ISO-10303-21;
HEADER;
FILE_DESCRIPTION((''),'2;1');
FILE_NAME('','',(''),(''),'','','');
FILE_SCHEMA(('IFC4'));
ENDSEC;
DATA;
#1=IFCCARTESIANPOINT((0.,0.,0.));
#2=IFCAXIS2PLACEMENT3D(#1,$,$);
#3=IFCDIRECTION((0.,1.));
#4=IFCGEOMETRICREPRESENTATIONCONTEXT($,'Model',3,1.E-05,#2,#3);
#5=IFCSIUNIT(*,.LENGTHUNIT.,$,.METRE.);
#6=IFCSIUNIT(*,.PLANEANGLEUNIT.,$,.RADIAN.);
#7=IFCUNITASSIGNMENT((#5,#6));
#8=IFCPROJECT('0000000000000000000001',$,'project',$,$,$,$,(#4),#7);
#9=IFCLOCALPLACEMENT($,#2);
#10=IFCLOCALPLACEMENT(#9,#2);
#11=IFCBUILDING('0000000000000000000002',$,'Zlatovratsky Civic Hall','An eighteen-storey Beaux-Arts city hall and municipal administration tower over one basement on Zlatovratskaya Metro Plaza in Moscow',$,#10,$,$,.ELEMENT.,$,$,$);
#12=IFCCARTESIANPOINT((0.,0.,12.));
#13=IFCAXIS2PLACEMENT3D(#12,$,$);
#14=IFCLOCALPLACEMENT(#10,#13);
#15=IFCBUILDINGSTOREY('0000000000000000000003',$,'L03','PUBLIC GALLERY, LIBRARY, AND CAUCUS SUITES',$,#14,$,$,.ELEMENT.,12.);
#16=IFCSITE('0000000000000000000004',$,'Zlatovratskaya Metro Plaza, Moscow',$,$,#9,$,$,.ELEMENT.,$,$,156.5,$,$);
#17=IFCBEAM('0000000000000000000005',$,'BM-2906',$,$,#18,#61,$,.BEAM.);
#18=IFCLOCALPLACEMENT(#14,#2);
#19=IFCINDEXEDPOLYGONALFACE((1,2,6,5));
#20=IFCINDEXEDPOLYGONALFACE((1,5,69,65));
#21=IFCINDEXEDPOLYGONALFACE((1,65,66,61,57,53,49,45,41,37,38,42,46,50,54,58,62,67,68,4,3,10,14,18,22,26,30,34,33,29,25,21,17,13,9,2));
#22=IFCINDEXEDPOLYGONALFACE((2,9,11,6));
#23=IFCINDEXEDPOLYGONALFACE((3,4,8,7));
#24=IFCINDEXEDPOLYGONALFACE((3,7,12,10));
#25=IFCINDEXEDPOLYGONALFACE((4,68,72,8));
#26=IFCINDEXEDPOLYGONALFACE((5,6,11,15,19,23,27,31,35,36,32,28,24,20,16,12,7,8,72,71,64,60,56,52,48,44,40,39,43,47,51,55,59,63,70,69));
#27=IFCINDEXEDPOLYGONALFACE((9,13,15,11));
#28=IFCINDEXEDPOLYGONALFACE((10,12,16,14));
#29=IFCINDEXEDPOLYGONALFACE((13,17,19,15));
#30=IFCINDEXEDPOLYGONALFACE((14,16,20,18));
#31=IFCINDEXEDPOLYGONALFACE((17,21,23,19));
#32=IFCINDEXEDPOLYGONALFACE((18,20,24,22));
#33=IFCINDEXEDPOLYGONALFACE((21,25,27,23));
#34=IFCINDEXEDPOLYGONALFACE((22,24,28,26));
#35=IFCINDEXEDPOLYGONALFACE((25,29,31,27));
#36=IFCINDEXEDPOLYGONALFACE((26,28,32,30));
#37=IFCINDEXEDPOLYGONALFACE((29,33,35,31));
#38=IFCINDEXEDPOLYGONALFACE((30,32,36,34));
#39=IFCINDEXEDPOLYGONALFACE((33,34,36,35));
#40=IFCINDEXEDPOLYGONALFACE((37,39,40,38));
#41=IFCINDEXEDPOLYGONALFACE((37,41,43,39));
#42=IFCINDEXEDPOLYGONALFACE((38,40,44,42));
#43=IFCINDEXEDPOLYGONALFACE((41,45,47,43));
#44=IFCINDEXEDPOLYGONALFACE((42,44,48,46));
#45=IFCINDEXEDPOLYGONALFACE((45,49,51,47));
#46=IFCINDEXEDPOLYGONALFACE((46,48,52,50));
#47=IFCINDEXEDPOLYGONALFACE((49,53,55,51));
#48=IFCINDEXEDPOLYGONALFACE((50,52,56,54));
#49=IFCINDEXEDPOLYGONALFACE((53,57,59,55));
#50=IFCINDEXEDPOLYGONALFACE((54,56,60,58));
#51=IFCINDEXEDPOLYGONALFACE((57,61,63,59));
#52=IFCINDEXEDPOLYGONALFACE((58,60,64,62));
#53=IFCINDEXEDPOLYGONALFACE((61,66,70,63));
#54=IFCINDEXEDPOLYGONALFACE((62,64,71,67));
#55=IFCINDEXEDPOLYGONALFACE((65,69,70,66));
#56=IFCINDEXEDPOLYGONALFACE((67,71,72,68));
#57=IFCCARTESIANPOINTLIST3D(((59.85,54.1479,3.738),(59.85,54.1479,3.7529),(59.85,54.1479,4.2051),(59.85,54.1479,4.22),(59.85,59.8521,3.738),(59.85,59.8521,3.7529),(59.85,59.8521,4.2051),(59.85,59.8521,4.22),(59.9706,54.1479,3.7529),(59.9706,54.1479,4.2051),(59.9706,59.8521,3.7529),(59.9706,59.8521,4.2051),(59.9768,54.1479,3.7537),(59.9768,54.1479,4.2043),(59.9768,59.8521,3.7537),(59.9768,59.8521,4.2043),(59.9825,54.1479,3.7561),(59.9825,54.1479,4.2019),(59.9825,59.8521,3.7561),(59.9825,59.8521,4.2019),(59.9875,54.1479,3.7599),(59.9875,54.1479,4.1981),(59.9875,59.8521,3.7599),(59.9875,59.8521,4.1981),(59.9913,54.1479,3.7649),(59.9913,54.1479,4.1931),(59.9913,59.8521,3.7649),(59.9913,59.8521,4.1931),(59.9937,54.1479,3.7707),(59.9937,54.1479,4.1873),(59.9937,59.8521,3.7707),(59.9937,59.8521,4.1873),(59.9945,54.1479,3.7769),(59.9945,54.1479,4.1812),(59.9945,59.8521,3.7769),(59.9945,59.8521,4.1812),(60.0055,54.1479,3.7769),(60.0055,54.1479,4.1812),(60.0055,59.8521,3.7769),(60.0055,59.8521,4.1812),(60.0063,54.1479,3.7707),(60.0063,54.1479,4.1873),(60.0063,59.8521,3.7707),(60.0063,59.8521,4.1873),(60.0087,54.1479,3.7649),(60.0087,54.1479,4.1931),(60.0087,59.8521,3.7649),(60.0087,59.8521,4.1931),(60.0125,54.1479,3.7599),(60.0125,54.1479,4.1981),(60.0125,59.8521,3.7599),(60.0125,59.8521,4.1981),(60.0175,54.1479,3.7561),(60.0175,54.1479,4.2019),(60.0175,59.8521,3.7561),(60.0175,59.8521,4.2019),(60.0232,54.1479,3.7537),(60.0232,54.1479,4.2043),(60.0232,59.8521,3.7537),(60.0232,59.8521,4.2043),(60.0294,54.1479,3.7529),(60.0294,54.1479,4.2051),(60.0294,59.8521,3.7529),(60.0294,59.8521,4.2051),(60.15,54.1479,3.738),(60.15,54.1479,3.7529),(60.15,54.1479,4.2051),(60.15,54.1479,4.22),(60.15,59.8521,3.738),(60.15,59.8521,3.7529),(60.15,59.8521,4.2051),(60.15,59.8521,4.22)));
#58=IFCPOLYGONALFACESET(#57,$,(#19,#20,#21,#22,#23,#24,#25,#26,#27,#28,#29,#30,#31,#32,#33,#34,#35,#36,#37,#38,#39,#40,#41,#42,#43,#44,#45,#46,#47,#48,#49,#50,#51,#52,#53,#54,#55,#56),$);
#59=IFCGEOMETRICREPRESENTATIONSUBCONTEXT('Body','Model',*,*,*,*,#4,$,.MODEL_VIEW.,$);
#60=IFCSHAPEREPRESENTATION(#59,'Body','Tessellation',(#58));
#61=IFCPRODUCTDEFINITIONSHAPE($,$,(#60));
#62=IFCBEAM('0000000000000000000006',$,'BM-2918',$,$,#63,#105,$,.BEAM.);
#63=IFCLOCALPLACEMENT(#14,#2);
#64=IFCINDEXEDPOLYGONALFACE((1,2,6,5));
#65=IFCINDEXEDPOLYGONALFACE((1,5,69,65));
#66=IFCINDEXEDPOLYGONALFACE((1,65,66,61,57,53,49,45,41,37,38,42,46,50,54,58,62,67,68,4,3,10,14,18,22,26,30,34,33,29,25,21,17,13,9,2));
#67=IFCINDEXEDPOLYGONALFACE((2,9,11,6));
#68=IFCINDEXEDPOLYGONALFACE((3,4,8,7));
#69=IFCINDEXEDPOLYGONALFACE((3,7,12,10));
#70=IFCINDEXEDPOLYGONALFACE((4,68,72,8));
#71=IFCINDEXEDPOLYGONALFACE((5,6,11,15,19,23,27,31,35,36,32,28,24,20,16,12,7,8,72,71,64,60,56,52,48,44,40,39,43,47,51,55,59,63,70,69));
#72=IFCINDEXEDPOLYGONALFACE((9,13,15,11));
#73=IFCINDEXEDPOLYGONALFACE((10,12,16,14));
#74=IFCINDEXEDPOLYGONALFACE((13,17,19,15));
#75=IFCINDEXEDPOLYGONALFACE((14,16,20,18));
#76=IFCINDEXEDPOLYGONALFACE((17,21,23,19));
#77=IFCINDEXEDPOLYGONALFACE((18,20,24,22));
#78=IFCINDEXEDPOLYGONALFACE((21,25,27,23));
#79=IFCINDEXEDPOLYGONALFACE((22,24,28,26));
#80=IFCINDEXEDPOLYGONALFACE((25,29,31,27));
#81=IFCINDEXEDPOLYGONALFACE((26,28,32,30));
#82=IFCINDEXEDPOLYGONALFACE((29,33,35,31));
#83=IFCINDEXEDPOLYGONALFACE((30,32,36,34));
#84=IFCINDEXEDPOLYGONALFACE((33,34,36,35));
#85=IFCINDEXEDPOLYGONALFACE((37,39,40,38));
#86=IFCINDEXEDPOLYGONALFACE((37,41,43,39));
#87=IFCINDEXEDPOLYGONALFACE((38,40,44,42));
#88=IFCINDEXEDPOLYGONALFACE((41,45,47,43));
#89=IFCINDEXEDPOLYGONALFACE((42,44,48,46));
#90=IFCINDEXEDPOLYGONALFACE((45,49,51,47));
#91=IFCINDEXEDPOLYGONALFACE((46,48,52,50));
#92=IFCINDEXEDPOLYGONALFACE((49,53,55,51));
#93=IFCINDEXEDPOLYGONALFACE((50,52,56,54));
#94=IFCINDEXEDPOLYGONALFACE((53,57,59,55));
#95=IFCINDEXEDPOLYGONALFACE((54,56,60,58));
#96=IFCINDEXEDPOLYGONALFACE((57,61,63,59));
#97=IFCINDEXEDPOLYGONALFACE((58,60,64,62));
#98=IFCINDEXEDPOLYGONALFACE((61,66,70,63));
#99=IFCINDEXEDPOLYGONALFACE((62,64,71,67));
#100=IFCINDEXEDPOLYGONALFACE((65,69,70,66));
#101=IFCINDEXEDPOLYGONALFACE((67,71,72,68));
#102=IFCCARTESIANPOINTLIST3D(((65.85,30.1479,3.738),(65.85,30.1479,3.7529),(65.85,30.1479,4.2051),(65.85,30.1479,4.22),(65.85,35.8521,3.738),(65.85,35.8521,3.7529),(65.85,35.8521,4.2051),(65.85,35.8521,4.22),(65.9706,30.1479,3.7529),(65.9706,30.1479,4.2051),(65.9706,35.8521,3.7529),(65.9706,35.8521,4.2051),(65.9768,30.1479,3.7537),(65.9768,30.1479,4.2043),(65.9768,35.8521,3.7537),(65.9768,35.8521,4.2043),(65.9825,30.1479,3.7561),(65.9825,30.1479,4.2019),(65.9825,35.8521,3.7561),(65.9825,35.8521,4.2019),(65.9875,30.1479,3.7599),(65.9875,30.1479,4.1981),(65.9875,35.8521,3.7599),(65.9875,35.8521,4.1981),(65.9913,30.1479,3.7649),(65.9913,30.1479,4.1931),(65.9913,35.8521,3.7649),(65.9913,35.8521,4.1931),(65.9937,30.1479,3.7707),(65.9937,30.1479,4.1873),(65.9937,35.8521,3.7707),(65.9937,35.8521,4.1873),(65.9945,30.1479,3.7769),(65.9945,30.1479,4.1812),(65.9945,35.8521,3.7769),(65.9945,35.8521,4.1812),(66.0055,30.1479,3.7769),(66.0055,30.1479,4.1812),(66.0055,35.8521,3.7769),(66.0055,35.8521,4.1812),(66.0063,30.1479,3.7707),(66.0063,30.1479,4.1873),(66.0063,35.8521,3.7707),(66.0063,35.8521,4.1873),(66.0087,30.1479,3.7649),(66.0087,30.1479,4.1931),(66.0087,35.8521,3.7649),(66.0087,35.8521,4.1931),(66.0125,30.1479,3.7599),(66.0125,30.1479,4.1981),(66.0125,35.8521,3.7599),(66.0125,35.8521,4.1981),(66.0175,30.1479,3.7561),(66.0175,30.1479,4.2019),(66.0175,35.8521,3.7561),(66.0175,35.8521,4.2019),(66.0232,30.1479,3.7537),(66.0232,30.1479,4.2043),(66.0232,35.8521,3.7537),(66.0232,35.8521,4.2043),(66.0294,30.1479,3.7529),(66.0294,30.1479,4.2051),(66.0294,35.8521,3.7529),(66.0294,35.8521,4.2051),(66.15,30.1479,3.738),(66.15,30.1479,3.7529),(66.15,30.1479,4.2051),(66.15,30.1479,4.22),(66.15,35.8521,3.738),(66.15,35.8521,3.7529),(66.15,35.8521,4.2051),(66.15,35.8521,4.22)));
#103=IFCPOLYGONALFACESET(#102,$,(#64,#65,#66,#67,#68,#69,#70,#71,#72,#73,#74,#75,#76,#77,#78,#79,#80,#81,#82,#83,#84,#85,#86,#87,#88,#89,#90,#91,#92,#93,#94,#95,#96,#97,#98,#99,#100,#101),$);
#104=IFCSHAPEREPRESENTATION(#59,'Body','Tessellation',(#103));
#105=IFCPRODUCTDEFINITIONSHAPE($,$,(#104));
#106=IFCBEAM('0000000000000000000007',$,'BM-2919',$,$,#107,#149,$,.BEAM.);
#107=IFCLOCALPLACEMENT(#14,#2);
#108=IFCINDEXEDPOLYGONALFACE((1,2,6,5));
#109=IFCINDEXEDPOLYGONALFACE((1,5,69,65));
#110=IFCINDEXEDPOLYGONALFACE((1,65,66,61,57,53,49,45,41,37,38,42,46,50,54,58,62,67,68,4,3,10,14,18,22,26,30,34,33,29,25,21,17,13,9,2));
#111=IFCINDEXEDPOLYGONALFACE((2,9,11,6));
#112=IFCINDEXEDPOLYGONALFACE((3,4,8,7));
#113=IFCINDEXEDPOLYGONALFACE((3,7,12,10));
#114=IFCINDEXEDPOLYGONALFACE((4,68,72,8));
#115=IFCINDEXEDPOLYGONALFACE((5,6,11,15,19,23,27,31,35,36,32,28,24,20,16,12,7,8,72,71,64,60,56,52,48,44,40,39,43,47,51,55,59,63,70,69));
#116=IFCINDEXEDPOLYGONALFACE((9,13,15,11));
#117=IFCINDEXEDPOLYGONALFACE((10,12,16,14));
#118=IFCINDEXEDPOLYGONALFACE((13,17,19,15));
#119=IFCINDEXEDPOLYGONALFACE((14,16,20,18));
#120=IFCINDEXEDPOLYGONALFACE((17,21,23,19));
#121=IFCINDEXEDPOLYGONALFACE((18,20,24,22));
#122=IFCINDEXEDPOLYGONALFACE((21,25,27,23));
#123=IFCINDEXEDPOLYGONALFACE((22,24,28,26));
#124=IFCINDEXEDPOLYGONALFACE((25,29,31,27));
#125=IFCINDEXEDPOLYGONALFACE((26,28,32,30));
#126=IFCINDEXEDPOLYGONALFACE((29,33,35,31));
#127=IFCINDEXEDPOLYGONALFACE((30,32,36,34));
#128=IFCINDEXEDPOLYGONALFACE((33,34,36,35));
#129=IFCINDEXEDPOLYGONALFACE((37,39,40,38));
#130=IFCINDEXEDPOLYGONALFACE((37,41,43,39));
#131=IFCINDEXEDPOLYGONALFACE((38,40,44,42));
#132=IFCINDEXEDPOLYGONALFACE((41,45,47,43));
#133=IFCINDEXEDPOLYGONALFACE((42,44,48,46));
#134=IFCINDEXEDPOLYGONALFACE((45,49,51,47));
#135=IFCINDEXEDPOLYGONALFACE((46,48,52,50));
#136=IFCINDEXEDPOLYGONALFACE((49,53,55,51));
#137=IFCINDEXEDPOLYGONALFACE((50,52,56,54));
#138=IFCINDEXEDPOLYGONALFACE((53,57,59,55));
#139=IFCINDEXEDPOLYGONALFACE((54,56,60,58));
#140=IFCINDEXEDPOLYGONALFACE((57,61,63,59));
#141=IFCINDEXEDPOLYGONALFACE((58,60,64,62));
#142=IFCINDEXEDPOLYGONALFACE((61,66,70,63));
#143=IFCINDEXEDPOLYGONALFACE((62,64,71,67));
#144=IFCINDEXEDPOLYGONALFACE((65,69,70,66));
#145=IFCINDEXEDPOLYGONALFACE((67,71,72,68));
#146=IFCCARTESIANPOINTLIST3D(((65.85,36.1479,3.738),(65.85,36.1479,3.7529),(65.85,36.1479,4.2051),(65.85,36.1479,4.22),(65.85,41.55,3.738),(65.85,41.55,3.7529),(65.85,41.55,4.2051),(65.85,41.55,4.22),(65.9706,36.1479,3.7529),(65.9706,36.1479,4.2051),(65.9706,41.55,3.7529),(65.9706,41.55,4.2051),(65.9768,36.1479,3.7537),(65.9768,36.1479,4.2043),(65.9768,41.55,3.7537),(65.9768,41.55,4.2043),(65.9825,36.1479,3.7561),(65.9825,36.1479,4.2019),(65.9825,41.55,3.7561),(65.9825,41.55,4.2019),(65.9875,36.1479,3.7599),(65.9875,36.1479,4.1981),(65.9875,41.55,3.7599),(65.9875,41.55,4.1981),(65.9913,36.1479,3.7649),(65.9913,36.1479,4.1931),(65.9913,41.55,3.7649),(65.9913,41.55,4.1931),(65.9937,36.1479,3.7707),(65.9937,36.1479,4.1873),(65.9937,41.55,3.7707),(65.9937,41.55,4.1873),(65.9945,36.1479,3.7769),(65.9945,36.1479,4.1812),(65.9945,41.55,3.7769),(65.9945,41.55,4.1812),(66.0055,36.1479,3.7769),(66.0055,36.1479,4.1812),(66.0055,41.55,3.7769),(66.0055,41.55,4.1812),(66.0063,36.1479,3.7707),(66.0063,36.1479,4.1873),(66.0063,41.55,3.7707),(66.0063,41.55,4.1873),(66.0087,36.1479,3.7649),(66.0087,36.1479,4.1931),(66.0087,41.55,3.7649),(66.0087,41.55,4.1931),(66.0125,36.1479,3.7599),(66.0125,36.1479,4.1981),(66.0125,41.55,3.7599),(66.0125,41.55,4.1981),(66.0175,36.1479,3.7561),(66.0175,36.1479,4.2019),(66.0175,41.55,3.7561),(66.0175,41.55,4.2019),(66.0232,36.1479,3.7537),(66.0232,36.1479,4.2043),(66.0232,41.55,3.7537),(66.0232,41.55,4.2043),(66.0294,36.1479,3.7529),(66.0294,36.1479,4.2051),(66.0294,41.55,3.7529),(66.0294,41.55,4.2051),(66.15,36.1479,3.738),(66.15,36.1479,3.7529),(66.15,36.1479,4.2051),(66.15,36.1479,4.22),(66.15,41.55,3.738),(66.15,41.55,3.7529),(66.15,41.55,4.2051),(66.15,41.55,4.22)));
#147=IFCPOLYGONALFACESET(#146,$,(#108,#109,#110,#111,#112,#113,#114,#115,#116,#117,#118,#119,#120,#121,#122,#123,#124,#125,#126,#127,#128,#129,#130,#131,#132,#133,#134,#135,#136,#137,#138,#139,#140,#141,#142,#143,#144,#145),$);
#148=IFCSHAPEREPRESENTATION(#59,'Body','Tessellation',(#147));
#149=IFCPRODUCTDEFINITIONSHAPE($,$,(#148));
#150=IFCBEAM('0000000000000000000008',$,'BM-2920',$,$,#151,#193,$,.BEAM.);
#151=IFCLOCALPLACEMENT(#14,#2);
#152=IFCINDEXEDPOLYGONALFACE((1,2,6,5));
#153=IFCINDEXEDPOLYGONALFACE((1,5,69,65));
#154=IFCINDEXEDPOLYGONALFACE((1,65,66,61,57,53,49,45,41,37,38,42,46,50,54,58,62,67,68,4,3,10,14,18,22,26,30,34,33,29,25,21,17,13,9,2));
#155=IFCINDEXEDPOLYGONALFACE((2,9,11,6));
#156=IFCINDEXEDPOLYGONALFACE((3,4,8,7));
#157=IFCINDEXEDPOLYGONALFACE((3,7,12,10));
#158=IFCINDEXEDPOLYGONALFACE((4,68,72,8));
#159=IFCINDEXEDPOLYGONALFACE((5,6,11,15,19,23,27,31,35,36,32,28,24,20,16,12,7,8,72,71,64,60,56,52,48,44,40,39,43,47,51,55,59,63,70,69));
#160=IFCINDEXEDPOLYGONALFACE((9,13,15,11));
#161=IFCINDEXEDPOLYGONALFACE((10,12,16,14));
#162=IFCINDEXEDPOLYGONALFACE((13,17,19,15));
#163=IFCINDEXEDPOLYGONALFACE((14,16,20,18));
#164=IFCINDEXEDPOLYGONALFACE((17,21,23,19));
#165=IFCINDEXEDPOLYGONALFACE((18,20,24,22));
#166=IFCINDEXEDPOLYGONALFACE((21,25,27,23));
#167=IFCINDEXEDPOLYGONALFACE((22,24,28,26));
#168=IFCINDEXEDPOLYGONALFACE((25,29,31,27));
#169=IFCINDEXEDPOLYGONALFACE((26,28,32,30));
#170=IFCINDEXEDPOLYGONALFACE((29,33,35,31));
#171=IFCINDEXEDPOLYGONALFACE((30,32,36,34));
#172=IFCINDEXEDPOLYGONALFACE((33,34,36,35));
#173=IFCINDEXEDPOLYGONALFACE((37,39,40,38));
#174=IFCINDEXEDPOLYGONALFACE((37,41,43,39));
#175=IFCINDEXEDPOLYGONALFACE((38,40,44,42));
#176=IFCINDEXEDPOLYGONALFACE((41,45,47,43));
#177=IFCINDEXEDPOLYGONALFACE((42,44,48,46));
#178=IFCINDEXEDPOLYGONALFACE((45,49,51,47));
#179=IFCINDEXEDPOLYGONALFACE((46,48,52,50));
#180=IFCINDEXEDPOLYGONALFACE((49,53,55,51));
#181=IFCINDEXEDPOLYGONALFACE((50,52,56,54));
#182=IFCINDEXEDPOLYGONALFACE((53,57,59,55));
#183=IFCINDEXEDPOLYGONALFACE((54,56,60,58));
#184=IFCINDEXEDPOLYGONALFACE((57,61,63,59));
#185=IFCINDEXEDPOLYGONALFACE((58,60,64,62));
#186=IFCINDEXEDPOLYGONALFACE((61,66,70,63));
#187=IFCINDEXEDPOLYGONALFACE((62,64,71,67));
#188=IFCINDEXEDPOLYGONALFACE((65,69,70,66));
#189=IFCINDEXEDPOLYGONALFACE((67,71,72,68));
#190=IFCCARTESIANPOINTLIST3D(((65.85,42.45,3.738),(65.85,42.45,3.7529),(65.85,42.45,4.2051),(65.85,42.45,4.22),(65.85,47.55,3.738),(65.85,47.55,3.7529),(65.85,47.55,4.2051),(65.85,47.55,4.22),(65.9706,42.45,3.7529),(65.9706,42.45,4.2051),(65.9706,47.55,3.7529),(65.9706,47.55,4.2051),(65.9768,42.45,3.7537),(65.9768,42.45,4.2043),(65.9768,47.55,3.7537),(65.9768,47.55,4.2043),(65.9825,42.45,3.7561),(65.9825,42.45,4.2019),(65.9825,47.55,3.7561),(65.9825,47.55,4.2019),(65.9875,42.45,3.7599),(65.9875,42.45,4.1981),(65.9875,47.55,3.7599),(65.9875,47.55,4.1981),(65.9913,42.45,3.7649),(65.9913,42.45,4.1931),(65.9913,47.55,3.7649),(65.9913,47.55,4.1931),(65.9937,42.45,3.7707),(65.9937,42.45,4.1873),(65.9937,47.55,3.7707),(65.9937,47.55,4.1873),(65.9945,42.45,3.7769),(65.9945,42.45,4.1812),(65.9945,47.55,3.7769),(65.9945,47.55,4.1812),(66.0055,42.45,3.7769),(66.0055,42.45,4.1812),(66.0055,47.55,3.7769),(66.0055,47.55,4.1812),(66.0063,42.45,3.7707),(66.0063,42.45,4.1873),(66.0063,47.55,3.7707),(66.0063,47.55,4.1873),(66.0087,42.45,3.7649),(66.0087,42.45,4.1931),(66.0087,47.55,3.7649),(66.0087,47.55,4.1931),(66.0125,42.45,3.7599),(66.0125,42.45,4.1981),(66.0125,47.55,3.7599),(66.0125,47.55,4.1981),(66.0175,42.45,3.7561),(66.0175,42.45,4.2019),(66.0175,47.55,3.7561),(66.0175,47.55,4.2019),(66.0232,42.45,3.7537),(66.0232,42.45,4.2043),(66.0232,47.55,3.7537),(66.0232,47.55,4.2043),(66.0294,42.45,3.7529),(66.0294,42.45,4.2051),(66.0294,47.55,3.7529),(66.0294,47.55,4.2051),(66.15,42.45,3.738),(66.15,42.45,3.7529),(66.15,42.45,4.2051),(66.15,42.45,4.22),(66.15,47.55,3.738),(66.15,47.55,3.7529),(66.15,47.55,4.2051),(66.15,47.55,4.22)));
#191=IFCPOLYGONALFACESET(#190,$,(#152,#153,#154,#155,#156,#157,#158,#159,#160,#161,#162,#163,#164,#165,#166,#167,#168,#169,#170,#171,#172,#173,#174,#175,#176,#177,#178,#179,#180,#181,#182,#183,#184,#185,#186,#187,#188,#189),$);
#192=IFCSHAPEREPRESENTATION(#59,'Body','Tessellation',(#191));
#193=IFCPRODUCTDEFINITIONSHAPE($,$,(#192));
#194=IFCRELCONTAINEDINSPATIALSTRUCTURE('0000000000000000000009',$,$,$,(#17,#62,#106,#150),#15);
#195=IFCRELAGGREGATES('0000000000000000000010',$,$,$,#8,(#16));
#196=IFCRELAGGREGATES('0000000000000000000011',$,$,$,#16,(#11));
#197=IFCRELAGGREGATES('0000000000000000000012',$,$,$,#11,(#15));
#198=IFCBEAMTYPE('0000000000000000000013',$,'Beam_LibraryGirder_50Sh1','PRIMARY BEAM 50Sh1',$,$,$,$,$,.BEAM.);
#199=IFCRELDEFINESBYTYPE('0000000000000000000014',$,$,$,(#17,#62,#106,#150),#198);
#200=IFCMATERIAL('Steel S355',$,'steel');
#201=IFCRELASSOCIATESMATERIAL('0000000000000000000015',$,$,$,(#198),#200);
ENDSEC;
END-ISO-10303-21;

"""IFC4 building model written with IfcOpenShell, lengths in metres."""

from ifc_helpers import new_model, si_unit, direction, frame, origin, origin_2d, place, context, subcontext, project, spatial, i_section, extrude, material, material_profile, profile_set, type_object, element, save


model = new_model("IFC4")

# Units and contexts
model_context = context("Model", 3, precision=1e-05, world=origin(), true_north=direction((0.0, 1.0)))
body_context = subcontext(model_context, "Body", "Model", "MODEL_VIEW")
ifc_project = project(units=[si_unit("LENGTHUNIT", "METRE"), si_unit("PLANEANGLEUNIT", "RADIAN")], contexts=[model_context])

# Site, building, storey
site_placement = place(None, origin())
site = spatial("IfcSite", under=ifc_project, at=site_placement, Name="Zlatovratskaya Metro Plaza, Moscow", CompositionType="ELEMENT", RefElevation=156.5)
building_placement = place(site_placement, origin())
building = spatial("IfcBuilding", under=site, at=building_placement, Name="Zlatovratsky Civic Hall", Description="An eighteen-storey Beaux-Arts city hall and municipal administration tower over one basement on Zlatovratskaya Metro Plaza in Moscow", CompositionType="ELEMENT")
storey_placement = place(building_placement, frame((0.0, 0.0, 12.0)))
storey = spatial("IfcBuildingStorey", under=building, at=storey_placement, Name="L03", Description="PUBLIC GALLERY, LIBRARY, AND CAUCUS SUITES", CompositionType="ELEMENT", Elevation=12.0)

# Shared definitions
ifc_material_1 = material(Name="Steel S355", Category="steel")

# Beams
ifc_material_profile_1 = material_profile(ifc_material_1, i_section(OverallWidth=0.3, OverallDepth=0.4819, WebThickness=0.011, FlangeThickness=0.0149, FilletRadius=0.0239, at=origin_2d()), Name="50Sh1")
ifc_profile_set_1 = profile_set([ifc_material_profile_1], Name="Steel S355")
beam_type = type_object("IfcBeamType", Name="Beam_LibraryGirder_50Sh1", Description="PRIMARY BEAM 50Sh1", PredefinedType="BEAM", material=ifc_profile_set_1)
for number, where, z_axis, x_axis, name in (
    (1, (60.0, 54.1479, 3.979), (0.0, 1.0, 0.0), (-1.0, 0.0, 0.0), "BM-2906"),
    (2, (66.0, 30.1479, 3.979), (0.0, 1.0, 0.0), (-1.0, 0.0, 0.0), "BM-2918"),
):
    element("IfcBeam", number, at=place(storey_placement, frame(where, z_axis=z_axis, x_axis=x_axis)), inside=storey, type_object=beam_type, Name=name, PredefinedType="BEAM", context=body_context, shape_type="SweptSolid", body=[
        extrude(i_section(OverallWidth=0.3, OverallDepth=0.4819, WebThickness=0.011, FlangeThickness=0.0149, FilletRadius=0.0239, at=origin_2d()), origin(), (0.0, 0.0, 1.0), 5.7041),
    ])
beam_1_placement = place(storey_placement, frame((66.0, 36.1479, 3.979), z_axis=(0.0, 1.0, 0.0), x_axis=(-1.0, 0.0, 0.0)))
element("IfcBeam", 3, at=beam_1_placement, inside=storey, type_object=beam_type, Name="BM-2919", PredefinedType="BEAM", context=body_context, shape_type="SweptSolid", body=[
    extrude(i_section(OverallWidth=0.3, OverallDepth=0.4819, WebThickness=0.011, FlangeThickness=0.0149, FilletRadius=0.0239, at=origin_2d()), origin(), (0.0, 0.0, 1.0), 5.4021),
])
for number, where, z_axis, x_axis, name in (
    (4, (66.0, 42.45, 3.979), (0.0, 1.0, 0.0), (-1.0, 0.0, 0.0), "BM-2920"),
):
    element("IfcBeam", number, at=place(storey_placement, frame(where, z_axis=z_axis, x_axis=x_axis)), inside=storey, type_object=beam_type, Name=name, PredefinedType="BEAM", context=body_context, shape_type="SweptSolid", body=[
        extrude(i_section(OverallWidth=0.3, OverallDepth=0.4819, WebThickness=0.011, FlangeThickness=0.0149, FilletRadius=0.0239, at=origin_2d()), origin(), (0.0, 0.0, 1.0), 5.1001),
    ])

save(model, "model.ifc")
